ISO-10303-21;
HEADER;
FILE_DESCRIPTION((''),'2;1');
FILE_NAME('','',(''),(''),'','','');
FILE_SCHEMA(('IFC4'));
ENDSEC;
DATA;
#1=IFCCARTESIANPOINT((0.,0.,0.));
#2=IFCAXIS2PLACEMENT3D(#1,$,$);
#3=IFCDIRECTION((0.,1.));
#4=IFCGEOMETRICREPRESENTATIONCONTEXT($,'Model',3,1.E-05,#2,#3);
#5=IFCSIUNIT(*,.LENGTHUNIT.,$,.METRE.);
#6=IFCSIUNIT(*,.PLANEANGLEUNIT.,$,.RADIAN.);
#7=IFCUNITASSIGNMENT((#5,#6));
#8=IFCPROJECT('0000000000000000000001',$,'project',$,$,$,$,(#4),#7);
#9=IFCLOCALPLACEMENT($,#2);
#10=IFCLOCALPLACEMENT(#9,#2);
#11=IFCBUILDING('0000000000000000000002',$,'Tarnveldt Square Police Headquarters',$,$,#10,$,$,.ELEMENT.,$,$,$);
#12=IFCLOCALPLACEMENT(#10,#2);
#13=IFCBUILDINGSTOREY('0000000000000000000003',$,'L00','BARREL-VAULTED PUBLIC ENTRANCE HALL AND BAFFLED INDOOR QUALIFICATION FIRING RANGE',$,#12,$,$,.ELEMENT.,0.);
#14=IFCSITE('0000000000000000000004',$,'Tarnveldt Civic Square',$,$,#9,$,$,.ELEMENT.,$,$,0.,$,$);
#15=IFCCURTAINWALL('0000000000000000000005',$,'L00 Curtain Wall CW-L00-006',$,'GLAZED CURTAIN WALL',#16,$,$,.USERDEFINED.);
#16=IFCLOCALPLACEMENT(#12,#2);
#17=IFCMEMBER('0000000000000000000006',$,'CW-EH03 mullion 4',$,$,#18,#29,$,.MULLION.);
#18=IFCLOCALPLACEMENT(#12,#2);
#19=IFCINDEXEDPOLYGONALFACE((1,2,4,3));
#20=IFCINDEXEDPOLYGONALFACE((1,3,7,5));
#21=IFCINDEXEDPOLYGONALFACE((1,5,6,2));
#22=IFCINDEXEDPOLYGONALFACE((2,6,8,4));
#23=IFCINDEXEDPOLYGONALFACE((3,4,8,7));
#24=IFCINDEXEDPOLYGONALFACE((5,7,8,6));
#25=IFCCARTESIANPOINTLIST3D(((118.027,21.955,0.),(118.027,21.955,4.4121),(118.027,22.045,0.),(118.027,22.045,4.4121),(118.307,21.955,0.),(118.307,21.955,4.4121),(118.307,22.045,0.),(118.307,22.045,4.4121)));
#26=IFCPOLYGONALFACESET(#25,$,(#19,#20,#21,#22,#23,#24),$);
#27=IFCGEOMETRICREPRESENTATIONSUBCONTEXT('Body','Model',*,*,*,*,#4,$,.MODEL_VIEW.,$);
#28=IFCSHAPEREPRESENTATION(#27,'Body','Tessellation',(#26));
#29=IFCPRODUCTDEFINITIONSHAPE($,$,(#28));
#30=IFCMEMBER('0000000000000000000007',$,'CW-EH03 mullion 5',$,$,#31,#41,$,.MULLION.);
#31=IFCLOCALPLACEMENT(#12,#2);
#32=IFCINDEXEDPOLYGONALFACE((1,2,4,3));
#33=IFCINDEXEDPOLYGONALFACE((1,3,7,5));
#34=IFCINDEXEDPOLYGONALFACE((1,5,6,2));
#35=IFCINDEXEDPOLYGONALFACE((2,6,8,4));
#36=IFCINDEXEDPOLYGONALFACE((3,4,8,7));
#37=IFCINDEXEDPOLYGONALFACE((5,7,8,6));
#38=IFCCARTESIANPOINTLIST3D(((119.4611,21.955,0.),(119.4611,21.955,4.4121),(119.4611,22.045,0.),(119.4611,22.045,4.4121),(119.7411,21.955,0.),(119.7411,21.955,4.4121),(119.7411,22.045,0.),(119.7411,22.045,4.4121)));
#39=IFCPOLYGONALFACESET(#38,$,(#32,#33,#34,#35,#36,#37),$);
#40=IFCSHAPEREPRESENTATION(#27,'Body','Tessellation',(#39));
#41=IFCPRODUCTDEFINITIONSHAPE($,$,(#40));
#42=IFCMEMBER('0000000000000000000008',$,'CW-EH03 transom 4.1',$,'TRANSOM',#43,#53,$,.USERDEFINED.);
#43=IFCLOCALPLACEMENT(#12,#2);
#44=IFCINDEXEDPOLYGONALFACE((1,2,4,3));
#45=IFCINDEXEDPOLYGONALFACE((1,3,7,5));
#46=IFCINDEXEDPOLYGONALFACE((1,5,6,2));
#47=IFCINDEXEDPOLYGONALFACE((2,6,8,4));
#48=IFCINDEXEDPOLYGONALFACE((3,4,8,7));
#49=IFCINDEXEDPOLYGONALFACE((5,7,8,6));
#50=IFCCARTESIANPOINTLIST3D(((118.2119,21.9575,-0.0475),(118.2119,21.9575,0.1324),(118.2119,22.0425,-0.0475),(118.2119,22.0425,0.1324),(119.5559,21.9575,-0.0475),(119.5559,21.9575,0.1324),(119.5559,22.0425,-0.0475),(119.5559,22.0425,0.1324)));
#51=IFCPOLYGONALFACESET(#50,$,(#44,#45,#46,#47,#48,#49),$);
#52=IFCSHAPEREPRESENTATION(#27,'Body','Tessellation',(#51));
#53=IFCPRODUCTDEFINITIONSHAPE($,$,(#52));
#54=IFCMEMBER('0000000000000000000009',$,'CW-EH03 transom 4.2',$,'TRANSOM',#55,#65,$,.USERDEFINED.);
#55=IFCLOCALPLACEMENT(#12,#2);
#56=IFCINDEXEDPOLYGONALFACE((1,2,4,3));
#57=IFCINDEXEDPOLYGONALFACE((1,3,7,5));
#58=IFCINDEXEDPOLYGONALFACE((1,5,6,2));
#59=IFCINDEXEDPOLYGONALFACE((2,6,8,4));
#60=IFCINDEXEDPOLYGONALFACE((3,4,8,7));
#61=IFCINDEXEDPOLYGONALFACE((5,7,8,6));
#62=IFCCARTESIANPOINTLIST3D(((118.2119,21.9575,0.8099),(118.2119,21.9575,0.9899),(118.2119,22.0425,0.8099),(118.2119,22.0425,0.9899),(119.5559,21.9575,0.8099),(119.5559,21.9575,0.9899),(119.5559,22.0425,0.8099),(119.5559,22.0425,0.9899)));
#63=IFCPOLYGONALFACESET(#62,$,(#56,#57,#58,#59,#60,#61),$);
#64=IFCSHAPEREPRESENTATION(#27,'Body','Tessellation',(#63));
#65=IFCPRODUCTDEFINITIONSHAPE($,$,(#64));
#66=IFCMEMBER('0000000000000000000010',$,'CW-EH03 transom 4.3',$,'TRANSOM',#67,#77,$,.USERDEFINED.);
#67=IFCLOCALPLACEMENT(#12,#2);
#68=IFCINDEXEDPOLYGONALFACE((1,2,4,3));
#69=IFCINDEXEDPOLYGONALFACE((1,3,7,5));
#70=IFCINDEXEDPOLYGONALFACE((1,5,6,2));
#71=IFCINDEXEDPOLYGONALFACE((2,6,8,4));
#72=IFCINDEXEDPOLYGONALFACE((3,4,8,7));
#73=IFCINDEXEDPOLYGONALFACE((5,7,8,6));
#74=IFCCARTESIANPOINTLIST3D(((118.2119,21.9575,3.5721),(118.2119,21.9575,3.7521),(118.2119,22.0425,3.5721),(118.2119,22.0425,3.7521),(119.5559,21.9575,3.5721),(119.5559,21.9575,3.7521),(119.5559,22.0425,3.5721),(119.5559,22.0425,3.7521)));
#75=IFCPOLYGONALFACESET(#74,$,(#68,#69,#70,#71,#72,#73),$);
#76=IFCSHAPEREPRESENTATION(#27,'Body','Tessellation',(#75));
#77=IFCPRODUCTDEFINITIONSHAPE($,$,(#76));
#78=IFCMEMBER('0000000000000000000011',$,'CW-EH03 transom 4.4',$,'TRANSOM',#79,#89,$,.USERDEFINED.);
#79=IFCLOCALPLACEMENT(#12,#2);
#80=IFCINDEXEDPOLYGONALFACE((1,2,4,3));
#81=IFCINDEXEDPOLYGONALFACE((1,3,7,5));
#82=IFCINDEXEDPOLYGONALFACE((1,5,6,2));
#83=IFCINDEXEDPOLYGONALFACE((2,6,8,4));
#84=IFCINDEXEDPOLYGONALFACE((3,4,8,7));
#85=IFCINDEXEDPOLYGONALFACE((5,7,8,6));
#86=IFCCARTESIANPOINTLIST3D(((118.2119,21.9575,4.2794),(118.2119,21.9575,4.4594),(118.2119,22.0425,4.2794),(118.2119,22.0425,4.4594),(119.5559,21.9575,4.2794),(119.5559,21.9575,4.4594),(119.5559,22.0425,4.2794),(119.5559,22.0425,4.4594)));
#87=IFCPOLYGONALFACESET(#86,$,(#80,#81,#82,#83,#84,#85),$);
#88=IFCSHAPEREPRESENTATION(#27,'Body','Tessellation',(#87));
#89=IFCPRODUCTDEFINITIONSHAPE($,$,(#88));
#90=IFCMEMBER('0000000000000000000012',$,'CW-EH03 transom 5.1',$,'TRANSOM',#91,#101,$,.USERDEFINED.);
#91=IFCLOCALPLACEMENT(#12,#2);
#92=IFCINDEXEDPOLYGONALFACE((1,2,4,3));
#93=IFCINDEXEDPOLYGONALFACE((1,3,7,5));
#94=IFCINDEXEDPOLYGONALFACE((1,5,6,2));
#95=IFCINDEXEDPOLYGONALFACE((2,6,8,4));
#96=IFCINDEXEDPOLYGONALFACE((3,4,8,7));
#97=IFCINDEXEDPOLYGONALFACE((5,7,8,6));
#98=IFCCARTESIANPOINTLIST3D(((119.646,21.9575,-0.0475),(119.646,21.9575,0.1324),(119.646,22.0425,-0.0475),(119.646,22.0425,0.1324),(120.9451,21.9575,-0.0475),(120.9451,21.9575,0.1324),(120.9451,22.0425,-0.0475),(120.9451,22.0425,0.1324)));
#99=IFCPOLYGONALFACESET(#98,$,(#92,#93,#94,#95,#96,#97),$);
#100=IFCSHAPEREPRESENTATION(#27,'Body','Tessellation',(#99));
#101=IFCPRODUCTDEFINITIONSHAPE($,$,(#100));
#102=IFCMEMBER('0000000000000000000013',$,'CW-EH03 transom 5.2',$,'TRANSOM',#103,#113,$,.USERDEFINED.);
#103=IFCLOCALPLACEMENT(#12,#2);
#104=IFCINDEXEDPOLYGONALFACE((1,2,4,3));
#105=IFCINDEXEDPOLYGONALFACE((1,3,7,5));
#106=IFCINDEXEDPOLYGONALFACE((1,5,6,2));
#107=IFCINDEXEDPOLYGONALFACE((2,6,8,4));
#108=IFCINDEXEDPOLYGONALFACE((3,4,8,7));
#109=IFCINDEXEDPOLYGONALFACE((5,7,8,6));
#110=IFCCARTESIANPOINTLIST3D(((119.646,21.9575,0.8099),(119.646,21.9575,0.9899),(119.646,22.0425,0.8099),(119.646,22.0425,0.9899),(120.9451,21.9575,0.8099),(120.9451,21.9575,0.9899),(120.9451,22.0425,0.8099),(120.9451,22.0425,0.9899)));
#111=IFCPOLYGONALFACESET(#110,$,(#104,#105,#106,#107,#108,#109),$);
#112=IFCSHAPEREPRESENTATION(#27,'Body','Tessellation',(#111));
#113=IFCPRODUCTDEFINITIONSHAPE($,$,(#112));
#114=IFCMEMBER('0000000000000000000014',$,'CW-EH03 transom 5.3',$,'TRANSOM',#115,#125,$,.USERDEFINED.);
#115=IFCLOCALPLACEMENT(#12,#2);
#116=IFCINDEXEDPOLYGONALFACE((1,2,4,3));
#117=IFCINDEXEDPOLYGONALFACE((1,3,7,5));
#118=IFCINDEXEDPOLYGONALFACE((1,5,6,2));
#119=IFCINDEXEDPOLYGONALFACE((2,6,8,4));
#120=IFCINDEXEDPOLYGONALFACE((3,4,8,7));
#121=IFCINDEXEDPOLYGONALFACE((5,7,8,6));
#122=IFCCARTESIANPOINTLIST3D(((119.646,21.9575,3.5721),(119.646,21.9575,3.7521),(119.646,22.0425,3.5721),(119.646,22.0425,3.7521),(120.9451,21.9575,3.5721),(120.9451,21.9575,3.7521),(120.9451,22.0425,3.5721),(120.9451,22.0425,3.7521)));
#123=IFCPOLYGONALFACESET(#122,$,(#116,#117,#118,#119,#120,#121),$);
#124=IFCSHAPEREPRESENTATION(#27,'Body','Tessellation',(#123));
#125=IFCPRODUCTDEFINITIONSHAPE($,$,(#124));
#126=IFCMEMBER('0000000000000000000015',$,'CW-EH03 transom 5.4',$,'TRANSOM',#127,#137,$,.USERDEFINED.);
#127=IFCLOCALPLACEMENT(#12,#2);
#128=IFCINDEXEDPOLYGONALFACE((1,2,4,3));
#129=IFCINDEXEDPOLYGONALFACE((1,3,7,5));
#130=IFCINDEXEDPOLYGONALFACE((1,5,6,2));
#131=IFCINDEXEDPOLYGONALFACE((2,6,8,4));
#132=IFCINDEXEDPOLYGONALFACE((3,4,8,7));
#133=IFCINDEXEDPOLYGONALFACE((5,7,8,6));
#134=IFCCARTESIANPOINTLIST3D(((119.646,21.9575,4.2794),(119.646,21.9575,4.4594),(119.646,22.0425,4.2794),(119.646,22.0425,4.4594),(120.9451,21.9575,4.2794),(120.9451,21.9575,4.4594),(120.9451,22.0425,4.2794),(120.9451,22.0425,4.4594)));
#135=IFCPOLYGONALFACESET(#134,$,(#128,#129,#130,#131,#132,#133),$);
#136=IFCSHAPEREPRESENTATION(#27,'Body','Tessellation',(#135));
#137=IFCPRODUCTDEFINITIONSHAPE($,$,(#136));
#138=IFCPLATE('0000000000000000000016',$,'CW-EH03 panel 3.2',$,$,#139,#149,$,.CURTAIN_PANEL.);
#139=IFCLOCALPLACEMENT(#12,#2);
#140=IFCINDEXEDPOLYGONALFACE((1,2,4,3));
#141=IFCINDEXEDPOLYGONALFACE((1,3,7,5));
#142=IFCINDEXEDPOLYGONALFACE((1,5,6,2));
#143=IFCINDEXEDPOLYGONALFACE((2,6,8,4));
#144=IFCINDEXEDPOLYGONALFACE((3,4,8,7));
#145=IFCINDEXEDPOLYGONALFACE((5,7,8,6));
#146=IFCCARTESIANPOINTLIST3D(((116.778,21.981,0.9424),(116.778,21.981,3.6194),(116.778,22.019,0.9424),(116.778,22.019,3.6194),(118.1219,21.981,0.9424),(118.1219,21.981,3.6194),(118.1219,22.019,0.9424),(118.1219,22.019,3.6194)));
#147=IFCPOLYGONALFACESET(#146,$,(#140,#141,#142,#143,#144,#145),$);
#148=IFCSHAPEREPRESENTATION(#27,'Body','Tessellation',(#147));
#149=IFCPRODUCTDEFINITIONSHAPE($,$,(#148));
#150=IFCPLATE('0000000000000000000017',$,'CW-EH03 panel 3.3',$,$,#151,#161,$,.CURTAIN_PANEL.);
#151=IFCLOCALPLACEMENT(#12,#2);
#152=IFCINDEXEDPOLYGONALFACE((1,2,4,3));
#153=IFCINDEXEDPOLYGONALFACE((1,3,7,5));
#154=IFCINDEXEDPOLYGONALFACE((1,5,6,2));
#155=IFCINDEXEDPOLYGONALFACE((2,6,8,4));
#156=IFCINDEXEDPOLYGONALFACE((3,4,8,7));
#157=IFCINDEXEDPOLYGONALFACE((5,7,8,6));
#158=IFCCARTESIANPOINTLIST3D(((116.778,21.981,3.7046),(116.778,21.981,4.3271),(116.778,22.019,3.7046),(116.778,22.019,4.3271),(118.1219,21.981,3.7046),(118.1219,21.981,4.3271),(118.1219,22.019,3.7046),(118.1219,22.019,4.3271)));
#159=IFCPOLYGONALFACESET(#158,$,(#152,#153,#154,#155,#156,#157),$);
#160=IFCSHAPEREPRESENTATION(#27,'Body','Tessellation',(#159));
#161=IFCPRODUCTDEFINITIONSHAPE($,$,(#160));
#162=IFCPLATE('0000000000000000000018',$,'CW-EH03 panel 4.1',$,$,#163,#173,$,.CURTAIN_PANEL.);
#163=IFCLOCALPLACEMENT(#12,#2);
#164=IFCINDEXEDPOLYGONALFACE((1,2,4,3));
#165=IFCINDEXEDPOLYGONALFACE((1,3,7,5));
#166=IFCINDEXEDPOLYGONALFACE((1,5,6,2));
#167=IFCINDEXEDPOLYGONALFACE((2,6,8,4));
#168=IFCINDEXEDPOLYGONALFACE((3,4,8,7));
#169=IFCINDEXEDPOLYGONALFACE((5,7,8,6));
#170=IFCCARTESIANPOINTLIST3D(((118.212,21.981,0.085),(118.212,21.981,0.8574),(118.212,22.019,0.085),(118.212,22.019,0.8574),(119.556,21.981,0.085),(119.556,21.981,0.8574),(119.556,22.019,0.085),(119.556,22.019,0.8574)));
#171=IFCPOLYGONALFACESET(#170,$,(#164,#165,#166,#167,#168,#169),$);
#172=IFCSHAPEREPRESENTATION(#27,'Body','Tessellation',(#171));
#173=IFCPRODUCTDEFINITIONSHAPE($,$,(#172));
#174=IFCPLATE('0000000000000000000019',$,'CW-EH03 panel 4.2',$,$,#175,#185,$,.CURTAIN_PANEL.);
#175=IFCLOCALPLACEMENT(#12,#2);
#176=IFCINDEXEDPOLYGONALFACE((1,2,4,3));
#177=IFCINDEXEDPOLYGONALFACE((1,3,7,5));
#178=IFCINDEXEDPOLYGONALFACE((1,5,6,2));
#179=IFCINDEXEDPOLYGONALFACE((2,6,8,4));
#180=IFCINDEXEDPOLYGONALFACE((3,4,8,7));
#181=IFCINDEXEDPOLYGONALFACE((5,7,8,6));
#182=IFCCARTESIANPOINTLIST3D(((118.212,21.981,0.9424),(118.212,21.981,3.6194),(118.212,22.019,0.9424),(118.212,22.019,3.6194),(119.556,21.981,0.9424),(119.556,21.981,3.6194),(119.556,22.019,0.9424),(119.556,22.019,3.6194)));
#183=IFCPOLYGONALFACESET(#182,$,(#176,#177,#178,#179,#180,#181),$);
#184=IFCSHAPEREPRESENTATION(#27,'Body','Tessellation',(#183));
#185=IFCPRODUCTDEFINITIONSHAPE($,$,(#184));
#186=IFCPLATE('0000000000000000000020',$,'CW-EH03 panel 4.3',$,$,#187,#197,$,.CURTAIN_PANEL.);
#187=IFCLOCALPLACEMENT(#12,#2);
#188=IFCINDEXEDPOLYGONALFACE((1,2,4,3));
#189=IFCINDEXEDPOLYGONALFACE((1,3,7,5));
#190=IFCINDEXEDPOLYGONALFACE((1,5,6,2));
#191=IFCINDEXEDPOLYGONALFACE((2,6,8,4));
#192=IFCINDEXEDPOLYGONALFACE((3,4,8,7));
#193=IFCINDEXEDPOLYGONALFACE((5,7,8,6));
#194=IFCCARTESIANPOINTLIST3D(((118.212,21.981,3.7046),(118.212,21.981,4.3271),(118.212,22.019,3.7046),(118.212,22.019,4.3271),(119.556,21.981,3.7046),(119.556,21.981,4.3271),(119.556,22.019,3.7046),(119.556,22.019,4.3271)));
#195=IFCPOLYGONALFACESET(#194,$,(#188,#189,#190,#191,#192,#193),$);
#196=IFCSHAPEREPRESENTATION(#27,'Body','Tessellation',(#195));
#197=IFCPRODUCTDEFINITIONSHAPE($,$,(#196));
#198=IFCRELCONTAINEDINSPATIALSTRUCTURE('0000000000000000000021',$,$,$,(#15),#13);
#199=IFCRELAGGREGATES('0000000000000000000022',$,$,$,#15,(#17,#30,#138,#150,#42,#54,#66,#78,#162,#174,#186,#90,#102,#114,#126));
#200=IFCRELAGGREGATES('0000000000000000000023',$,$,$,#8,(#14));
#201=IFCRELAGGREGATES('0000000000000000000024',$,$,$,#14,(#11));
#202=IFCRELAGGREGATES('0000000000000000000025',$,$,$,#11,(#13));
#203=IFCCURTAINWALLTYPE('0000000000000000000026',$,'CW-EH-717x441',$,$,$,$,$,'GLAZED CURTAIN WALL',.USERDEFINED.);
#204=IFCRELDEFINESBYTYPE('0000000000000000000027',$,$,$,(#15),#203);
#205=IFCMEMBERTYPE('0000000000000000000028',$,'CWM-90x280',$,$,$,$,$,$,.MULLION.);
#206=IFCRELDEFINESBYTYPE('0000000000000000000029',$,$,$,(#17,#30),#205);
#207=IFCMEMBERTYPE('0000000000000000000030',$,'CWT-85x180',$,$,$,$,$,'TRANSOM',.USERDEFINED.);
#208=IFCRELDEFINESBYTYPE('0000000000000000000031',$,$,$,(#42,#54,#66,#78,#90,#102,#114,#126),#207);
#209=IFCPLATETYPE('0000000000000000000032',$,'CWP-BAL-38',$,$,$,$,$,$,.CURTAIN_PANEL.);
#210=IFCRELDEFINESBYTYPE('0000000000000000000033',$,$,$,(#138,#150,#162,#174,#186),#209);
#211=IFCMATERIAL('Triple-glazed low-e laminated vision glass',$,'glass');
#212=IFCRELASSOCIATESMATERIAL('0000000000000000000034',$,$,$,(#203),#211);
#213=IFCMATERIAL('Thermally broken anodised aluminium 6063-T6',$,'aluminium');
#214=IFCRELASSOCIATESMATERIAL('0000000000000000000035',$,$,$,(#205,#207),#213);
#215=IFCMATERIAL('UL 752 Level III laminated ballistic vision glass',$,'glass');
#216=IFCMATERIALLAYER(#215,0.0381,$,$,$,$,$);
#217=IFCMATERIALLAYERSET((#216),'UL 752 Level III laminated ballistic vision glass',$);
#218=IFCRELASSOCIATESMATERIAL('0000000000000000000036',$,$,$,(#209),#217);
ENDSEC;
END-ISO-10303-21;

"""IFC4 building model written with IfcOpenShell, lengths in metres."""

from ifc_helpers import new_model, si_unit, direction, frame, origin, origin_2d, place, context, subcontext, project, spatial, rectangle, extrude, material, layer, layer_set, material_profile, profile_set, type_object, element, aggregate, save


model = new_model("IFC4")

# Units and contexts
model_context = context("Model", 3, precision=1e-05, world=origin(), true_north=direction((0.0, 1.0)))
body_context = subcontext(model_context, "Body", "Model", "MODEL_VIEW")
ifc_project = project(units=[si_unit("LENGTHUNIT", "METRE"), si_unit("PLANEANGLEUNIT", "RADIAN")], contexts=[model_context])

# Site, building, storey
site_placement = place(None, origin())
site = spatial("IfcSite", under=ifc_project, at=site_placement, Name="Tarnveldt Civic Square", CompositionType="ELEMENT", RefElevation=0.0)
building_placement = place(site_placement, origin())
building = spatial("IfcBuilding", under=site, at=building_placement, Name="Tarnveldt Square Police Headquarters", CompositionType="ELEMENT")
storey_placement = place(building_placement, origin())
storey = spatial("IfcBuildingStorey", under=building, at=storey_placement, Name="L00", Description="BARREL-VAULTED PUBLIC ENTRANCE HALL AND BAFFLED INDOOR QUALIFICATION FIRING RANGE", CompositionType="ELEMENT", Elevation=0.0)

# Curtain wall, members, plates
ifc_material_1 = material(Name="Triple-glazed low-e laminated vision glass", Category="glass")
curtain_wall_type = type_object("IfcCurtainWallType", Name="CW-EH-717x441", ElementType="GLAZED CURTAIN WALL", PredefinedType="USERDEFINED", material=ifc_material_1)
curtain_wall_placement = place(storey_placement, origin())
curtain_wall = element("IfcCurtainWall", 1, at=curtain_wall_placement, inside=storey, type_object=curtain_wall_type, Name="L00 Curtain Wall CW-L00-006", ObjectType="GLAZED CURTAIN WALL", PredefinedType="USERDEFINED")
ifc_material_2 = material(Name="Thermally broken anodised aluminium 6063-T6", Category="aluminium")
ifc_material_profile_1 = material_profile(ifc_material_2, rectangle(XDim=0.0901, YDim=0.28, at=origin_2d()), Name="CW-M90x280")
ifc_profile_set_1 = profile_set([ifc_material_profile_1], Name="Thermally broken anodised aluminium 6063-T6")
member_type_1 = type_object("IfcMemberType", Name="CWM-90x280", PredefinedType="MULLION", material=ifc_profile_set_1)
member_1_placement = place(storey_placement, frame((118.167, 22.0, 0.0), z_axis=(0.0, 0.0, 1.0), x_axis=(0.0, 1.0, 0.0)))
member_1 = element("IfcMember", 2, at=member_1_placement, type_object=member_type_1, Name="CW-EH03 mullion 4", PredefinedType="MULLION", context=body_context, shape_type="SweptSolid", body=[
    extrude(rectangle(XDim=0.0901, YDim=0.28, at=origin_2d()), origin(), (0.0, 0.0, 1.0), 4.4121),
])
member_2_placement = place(storey_placement, frame((119.6011, 22.0, 0.0), z_axis=(0.0, 0.0, 1.0), x_axis=(0.0, 1.0, 0.0)))
member_2 = element("IfcMember", 3, at=member_2_placement, type_object=member_type_1, Name="CW-EH03 mullion 5", PredefinedType="MULLION", context=body_context, shape_type="SweptSolid", body=[
    extrude(rectangle(XDim=0.0901, YDim=0.28, at=origin_2d()), origin(), (0.0, 0.0, 1.0), 4.4121),
])
ifc_material_profile_2 = material_profile(ifc_material_2, rectangle(XDim=0.085, YDim=0.1799, at=origin_2d()), Name="CW-T85x180")
ifc_profile_set_2 = profile_set([ifc_material_profile_2], Name="Thermally broken anodised aluminium 6063-T6")
member_type_2 = type_object("IfcMemberType", Name="CWT-85x180", ElementType="TRANSOM", PredefinedType="USERDEFINED", material=ifc_profile_set_2)
member_3_placement = place(storey_placement, frame((118.2119, 22.0, 0.0425), z_axis=(1.0, 0.0, 0.0), x_axis=(0.0, 1.0, 0.0)))
member_3 = element("IfcMember", 4, at=member_3_placement, type_object=member_type_2, Name="CW-EH03 transom 4.1", ObjectType="TRANSOM", PredefinedType="USERDEFINED", context=body_context, shape_type="SweptSolid", body=[
    extrude(rectangle(XDim=0.085, YDim=0.1799, at=origin_2d()), origin(), (0.0, 0.0, 1.0), 1.344),
])
member_4_placement = place(storey_placement, frame((118.2119, 22.0, 0.8999), z_axis=(1.0, 0.0, 0.0), x_axis=(0.0, 1.0, 0.0)))
member_4 = element("IfcMember", 5, at=member_4_placement, type_object=member_type_2, Name="CW-EH03 transom 4.2", ObjectType="TRANSOM", PredefinedType="USERDEFINED", context=body_context, shape_type="SweptSolid", body=[
    extrude(rectangle(XDim=0.085, YDim=0.1799, at=origin_2d()), origin(), (0.0, 0.0, 1.0), 1.344),
])
member_5_placement = place(storey_placement, frame((118.2119, 22.0, 3.6621), z_axis=(1.0, 0.0, 0.0), x_axis=(0.0, 1.0, 0.0)))
member_5 = element("IfcMember", 6, at=member_5_placement, type_object=member_type_2, Name="CW-EH03 transom 4.3", ObjectType="TRANSOM", PredefinedType="USERDEFINED", context=body_context, shape_type="SweptSolid", body=[
    extrude(rectangle(XDim=0.085, YDim=0.1799, at=origin_2d()), origin(), (0.0, 0.0, 1.0), 1.344),
])
member_6_placement = place(storey_placement, frame((118.2119, 22.0, 4.3694), z_axis=(1.0, 0.0, 0.0), x_axis=(0.0, 1.0, 0.0)))
member_6 = element("IfcMember", 7, at=member_6_placement, type_object=member_type_2, Name="CW-EH03 transom 4.4", ObjectType="TRANSOM", PredefinedType="USERDEFINED", context=body_context, shape_type="SweptSolid", body=[
    extrude(rectangle(XDim=0.085, YDim=0.1799, at=origin_2d()), origin(), (0.0, 0.0, 1.0), 1.344),
])
member_7_placement = place(storey_placement, frame((119.646, 22.0, 0.0425), z_axis=(1.0, 0.0, 0.0), x_axis=(0.0, 1.0, 0.0)))
member_7 = element("IfcMember", 8, at=member_7_placement, type_object=member_type_2, Name="CW-EH03 transom 5.1", ObjectType="TRANSOM", PredefinedType="USERDEFINED", context=body_context, shape_type="SweptSolid", body=[
    extrude(rectangle(XDim=0.085, YDim=0.1799, at=origin_2d()), origin(), (0.0, 0.0, 1.0), 1.2991),
])
member_8_placement = place(storey_placement, frame((119.646, 22.0, 0.8999), z_axis=(1.0, 0.0, 0.0), x_axis=(0.0, 1.0, 0.0)))
member_8 = element("IfcMember", 9, at=member_8_placement, type_object=member_type_2, Name="CW-EH03 transom 5.2", ObjectType="TRANSOM", PredefinedType="USERDEFINED", context=body_context, shape_type="SweptSolid", body=[
    extrude(rectangle(XDim=0.085, YDim=0.1799, at=origin_2d()), origin(), (0.0, 0.0, 1.0), 1.2991),
])
member_9_placement = place(storey_placement, frame((119.646, 22.0, 3.6621), z_axis=(1.0, 0.0, 0.0), x_axis=(0.0, 1.0, 0.0)))
member_9 = element("IfcMember", 10, at=member_9_placement, type_object=member_type_2, Name="CW-EH03 transom 5.3", ObjectType="TRANSOM", PredefinedType="USERDEFINED", context=body_context, shape_type="SweptSolid", body=[
    extrude(rectangle(XDim=0.085, YDim=0.1799, at=origin_2d()), origin(), (0.0, 0.0, 1.0), 1.2991),
])
member_10_placement = place(storey_placement, frame((119.646, 22.0, 4.3694), z_axis=(1.0, 0.0, 0.0), x_axis=(0.0, 1.0, 0.0)))
member_10 = element("IfcMember", 11, at=member_10_placement, type_object=member_type_2, Name="CW-EH03 transom 5.4", ObjectType="TRANSOM", PredefinedType="USERDEFINED", context=body_context, shape_type="SweptSolid", body=[
    extrude(rectangle(XDim=0.085, YDim=0.1799, at=origin_2d()), origin(), (0.0, 0.0, 1.0), 1.2991),
])
ifc_material_3 = material(Name="UL 752 Level III laminated ballistic vision glass", Category="glass")
ifc_layer = layer(ifc_material_3, 0.0381)
ifc_layer_set = layer_set([ifc_layer], Name="UL 752 Level III laminated ballistic vision glass")
plate_type = type_object("IfcPlateType", Name="CWP-BAL-38", PredefinedType="CURTAIN_PANEL", material=ifc_layer_set)
plate_1_placement = place(storey_placement, frame((117.45, 22.0, 0.9424), z_axis=(0.0, 0.0, 1.0), x_axis=(1.0, 0.0, 0.0)))
plate_1 = element("IfcPlate", 12, at=plate_1_placement, type_object=plate_type, Name="CW-EH03 panel 3.2", PredefinedType="CURTAIN_PANEL", context=body_context, shape_type="SweptSolid", body=[
    extrude(rectangle(XDim=1.344, YDim=0.0381, at=origin_2d()), origin(), (0.0, 0.0, 1.0), 2.677),
])
plate_2_placement = place(storey_placement, frame((117.45, 22.0, 3.7046), z_axis=(0.0, 0.0, 1.0), x_axis=(1.0, 0.0, 0.0)))
plate_2 = element("IfcPlate", 13, at=plate_2_placement, type_object=plate_type, Name="CW-EH03 panel 3.3", PredefinedType="CURTAIN_PANEL", context=body_context, shape_type="SweptSolid", body=[
    extrude(rectangle(XDim=1.344, YDim=0.0381, at=origin_2d()), origin(), (0.0, 0.0, 1.0), 0.6226),
])
plate_3_placement = place(storey_placement, frame((118.884, 22.0, 0.085), z_axis=(0.0, 0.0, 1.0), x_axis=(1.0, 0.0, 0.0)))
plate_3 = element("IfcPlate", 14, at=plate_3_placement, type_object=plate_type, Name="CW-EH03 panel 4.1", PredefinedType="CURTAIN_PANEL", context=body_context, shape_type="SweptSolid", body=[
    extrude(rectangle(XDim=1.344, YDim=0.0381, at=origin_2d()), origin(), (0.0, 0.0, 1.0), 0.7725),
])
plate_4_placement = place(storey_placement, frame((118.884, 22.0, 0.9424), z_axis=(0.0, 0.0, 1.0), x_axis=(1.0, 0.0, 0.0)))
plate_4 = element("IfcPlate", 15, at=plate_4_placement, type_object=plate_type, Name="CW-EH03 panel 4.2", PredefinedType="CURTAIN_PANEL", context=body_context, shape_type="SweptSolid", body=[
    extrude(rectangle(XDim=1.344, YDim=0.0381, at=origin_2d()), origin(), (0.0, 0.0, 1.0), 2.677),
])
plate_5_placement = place(storey_placement, frame((118.884, 22.0, 3.7046), z_axis=(0.0, 0.0, 1.0), x_axis=(1.0, 0.0, 0.0)))
plate_5 = element("IfcPlate", 16, at=plate_5_placement, type_object=plate_type, Name="CW-EH03 panel 4.3", PredefinedType="CURTAIN_PANEL", context=body_context, shape_type="SweptSolid", body=[
    extrude(rectangle(XDim=1.344, YDim=0.0381, at=origin_2d()), origin(), (0.0, 0.0, 1.0), 0.6226),
])
aggregate(curtain_wall, [member_1, member_2, plate_1, plate_2, member_3, member_4, member_5, member_6, plate_3, plate_4, plate_5, member_7, member_8, member_9, member_10])

save(model, "model.ifc")
